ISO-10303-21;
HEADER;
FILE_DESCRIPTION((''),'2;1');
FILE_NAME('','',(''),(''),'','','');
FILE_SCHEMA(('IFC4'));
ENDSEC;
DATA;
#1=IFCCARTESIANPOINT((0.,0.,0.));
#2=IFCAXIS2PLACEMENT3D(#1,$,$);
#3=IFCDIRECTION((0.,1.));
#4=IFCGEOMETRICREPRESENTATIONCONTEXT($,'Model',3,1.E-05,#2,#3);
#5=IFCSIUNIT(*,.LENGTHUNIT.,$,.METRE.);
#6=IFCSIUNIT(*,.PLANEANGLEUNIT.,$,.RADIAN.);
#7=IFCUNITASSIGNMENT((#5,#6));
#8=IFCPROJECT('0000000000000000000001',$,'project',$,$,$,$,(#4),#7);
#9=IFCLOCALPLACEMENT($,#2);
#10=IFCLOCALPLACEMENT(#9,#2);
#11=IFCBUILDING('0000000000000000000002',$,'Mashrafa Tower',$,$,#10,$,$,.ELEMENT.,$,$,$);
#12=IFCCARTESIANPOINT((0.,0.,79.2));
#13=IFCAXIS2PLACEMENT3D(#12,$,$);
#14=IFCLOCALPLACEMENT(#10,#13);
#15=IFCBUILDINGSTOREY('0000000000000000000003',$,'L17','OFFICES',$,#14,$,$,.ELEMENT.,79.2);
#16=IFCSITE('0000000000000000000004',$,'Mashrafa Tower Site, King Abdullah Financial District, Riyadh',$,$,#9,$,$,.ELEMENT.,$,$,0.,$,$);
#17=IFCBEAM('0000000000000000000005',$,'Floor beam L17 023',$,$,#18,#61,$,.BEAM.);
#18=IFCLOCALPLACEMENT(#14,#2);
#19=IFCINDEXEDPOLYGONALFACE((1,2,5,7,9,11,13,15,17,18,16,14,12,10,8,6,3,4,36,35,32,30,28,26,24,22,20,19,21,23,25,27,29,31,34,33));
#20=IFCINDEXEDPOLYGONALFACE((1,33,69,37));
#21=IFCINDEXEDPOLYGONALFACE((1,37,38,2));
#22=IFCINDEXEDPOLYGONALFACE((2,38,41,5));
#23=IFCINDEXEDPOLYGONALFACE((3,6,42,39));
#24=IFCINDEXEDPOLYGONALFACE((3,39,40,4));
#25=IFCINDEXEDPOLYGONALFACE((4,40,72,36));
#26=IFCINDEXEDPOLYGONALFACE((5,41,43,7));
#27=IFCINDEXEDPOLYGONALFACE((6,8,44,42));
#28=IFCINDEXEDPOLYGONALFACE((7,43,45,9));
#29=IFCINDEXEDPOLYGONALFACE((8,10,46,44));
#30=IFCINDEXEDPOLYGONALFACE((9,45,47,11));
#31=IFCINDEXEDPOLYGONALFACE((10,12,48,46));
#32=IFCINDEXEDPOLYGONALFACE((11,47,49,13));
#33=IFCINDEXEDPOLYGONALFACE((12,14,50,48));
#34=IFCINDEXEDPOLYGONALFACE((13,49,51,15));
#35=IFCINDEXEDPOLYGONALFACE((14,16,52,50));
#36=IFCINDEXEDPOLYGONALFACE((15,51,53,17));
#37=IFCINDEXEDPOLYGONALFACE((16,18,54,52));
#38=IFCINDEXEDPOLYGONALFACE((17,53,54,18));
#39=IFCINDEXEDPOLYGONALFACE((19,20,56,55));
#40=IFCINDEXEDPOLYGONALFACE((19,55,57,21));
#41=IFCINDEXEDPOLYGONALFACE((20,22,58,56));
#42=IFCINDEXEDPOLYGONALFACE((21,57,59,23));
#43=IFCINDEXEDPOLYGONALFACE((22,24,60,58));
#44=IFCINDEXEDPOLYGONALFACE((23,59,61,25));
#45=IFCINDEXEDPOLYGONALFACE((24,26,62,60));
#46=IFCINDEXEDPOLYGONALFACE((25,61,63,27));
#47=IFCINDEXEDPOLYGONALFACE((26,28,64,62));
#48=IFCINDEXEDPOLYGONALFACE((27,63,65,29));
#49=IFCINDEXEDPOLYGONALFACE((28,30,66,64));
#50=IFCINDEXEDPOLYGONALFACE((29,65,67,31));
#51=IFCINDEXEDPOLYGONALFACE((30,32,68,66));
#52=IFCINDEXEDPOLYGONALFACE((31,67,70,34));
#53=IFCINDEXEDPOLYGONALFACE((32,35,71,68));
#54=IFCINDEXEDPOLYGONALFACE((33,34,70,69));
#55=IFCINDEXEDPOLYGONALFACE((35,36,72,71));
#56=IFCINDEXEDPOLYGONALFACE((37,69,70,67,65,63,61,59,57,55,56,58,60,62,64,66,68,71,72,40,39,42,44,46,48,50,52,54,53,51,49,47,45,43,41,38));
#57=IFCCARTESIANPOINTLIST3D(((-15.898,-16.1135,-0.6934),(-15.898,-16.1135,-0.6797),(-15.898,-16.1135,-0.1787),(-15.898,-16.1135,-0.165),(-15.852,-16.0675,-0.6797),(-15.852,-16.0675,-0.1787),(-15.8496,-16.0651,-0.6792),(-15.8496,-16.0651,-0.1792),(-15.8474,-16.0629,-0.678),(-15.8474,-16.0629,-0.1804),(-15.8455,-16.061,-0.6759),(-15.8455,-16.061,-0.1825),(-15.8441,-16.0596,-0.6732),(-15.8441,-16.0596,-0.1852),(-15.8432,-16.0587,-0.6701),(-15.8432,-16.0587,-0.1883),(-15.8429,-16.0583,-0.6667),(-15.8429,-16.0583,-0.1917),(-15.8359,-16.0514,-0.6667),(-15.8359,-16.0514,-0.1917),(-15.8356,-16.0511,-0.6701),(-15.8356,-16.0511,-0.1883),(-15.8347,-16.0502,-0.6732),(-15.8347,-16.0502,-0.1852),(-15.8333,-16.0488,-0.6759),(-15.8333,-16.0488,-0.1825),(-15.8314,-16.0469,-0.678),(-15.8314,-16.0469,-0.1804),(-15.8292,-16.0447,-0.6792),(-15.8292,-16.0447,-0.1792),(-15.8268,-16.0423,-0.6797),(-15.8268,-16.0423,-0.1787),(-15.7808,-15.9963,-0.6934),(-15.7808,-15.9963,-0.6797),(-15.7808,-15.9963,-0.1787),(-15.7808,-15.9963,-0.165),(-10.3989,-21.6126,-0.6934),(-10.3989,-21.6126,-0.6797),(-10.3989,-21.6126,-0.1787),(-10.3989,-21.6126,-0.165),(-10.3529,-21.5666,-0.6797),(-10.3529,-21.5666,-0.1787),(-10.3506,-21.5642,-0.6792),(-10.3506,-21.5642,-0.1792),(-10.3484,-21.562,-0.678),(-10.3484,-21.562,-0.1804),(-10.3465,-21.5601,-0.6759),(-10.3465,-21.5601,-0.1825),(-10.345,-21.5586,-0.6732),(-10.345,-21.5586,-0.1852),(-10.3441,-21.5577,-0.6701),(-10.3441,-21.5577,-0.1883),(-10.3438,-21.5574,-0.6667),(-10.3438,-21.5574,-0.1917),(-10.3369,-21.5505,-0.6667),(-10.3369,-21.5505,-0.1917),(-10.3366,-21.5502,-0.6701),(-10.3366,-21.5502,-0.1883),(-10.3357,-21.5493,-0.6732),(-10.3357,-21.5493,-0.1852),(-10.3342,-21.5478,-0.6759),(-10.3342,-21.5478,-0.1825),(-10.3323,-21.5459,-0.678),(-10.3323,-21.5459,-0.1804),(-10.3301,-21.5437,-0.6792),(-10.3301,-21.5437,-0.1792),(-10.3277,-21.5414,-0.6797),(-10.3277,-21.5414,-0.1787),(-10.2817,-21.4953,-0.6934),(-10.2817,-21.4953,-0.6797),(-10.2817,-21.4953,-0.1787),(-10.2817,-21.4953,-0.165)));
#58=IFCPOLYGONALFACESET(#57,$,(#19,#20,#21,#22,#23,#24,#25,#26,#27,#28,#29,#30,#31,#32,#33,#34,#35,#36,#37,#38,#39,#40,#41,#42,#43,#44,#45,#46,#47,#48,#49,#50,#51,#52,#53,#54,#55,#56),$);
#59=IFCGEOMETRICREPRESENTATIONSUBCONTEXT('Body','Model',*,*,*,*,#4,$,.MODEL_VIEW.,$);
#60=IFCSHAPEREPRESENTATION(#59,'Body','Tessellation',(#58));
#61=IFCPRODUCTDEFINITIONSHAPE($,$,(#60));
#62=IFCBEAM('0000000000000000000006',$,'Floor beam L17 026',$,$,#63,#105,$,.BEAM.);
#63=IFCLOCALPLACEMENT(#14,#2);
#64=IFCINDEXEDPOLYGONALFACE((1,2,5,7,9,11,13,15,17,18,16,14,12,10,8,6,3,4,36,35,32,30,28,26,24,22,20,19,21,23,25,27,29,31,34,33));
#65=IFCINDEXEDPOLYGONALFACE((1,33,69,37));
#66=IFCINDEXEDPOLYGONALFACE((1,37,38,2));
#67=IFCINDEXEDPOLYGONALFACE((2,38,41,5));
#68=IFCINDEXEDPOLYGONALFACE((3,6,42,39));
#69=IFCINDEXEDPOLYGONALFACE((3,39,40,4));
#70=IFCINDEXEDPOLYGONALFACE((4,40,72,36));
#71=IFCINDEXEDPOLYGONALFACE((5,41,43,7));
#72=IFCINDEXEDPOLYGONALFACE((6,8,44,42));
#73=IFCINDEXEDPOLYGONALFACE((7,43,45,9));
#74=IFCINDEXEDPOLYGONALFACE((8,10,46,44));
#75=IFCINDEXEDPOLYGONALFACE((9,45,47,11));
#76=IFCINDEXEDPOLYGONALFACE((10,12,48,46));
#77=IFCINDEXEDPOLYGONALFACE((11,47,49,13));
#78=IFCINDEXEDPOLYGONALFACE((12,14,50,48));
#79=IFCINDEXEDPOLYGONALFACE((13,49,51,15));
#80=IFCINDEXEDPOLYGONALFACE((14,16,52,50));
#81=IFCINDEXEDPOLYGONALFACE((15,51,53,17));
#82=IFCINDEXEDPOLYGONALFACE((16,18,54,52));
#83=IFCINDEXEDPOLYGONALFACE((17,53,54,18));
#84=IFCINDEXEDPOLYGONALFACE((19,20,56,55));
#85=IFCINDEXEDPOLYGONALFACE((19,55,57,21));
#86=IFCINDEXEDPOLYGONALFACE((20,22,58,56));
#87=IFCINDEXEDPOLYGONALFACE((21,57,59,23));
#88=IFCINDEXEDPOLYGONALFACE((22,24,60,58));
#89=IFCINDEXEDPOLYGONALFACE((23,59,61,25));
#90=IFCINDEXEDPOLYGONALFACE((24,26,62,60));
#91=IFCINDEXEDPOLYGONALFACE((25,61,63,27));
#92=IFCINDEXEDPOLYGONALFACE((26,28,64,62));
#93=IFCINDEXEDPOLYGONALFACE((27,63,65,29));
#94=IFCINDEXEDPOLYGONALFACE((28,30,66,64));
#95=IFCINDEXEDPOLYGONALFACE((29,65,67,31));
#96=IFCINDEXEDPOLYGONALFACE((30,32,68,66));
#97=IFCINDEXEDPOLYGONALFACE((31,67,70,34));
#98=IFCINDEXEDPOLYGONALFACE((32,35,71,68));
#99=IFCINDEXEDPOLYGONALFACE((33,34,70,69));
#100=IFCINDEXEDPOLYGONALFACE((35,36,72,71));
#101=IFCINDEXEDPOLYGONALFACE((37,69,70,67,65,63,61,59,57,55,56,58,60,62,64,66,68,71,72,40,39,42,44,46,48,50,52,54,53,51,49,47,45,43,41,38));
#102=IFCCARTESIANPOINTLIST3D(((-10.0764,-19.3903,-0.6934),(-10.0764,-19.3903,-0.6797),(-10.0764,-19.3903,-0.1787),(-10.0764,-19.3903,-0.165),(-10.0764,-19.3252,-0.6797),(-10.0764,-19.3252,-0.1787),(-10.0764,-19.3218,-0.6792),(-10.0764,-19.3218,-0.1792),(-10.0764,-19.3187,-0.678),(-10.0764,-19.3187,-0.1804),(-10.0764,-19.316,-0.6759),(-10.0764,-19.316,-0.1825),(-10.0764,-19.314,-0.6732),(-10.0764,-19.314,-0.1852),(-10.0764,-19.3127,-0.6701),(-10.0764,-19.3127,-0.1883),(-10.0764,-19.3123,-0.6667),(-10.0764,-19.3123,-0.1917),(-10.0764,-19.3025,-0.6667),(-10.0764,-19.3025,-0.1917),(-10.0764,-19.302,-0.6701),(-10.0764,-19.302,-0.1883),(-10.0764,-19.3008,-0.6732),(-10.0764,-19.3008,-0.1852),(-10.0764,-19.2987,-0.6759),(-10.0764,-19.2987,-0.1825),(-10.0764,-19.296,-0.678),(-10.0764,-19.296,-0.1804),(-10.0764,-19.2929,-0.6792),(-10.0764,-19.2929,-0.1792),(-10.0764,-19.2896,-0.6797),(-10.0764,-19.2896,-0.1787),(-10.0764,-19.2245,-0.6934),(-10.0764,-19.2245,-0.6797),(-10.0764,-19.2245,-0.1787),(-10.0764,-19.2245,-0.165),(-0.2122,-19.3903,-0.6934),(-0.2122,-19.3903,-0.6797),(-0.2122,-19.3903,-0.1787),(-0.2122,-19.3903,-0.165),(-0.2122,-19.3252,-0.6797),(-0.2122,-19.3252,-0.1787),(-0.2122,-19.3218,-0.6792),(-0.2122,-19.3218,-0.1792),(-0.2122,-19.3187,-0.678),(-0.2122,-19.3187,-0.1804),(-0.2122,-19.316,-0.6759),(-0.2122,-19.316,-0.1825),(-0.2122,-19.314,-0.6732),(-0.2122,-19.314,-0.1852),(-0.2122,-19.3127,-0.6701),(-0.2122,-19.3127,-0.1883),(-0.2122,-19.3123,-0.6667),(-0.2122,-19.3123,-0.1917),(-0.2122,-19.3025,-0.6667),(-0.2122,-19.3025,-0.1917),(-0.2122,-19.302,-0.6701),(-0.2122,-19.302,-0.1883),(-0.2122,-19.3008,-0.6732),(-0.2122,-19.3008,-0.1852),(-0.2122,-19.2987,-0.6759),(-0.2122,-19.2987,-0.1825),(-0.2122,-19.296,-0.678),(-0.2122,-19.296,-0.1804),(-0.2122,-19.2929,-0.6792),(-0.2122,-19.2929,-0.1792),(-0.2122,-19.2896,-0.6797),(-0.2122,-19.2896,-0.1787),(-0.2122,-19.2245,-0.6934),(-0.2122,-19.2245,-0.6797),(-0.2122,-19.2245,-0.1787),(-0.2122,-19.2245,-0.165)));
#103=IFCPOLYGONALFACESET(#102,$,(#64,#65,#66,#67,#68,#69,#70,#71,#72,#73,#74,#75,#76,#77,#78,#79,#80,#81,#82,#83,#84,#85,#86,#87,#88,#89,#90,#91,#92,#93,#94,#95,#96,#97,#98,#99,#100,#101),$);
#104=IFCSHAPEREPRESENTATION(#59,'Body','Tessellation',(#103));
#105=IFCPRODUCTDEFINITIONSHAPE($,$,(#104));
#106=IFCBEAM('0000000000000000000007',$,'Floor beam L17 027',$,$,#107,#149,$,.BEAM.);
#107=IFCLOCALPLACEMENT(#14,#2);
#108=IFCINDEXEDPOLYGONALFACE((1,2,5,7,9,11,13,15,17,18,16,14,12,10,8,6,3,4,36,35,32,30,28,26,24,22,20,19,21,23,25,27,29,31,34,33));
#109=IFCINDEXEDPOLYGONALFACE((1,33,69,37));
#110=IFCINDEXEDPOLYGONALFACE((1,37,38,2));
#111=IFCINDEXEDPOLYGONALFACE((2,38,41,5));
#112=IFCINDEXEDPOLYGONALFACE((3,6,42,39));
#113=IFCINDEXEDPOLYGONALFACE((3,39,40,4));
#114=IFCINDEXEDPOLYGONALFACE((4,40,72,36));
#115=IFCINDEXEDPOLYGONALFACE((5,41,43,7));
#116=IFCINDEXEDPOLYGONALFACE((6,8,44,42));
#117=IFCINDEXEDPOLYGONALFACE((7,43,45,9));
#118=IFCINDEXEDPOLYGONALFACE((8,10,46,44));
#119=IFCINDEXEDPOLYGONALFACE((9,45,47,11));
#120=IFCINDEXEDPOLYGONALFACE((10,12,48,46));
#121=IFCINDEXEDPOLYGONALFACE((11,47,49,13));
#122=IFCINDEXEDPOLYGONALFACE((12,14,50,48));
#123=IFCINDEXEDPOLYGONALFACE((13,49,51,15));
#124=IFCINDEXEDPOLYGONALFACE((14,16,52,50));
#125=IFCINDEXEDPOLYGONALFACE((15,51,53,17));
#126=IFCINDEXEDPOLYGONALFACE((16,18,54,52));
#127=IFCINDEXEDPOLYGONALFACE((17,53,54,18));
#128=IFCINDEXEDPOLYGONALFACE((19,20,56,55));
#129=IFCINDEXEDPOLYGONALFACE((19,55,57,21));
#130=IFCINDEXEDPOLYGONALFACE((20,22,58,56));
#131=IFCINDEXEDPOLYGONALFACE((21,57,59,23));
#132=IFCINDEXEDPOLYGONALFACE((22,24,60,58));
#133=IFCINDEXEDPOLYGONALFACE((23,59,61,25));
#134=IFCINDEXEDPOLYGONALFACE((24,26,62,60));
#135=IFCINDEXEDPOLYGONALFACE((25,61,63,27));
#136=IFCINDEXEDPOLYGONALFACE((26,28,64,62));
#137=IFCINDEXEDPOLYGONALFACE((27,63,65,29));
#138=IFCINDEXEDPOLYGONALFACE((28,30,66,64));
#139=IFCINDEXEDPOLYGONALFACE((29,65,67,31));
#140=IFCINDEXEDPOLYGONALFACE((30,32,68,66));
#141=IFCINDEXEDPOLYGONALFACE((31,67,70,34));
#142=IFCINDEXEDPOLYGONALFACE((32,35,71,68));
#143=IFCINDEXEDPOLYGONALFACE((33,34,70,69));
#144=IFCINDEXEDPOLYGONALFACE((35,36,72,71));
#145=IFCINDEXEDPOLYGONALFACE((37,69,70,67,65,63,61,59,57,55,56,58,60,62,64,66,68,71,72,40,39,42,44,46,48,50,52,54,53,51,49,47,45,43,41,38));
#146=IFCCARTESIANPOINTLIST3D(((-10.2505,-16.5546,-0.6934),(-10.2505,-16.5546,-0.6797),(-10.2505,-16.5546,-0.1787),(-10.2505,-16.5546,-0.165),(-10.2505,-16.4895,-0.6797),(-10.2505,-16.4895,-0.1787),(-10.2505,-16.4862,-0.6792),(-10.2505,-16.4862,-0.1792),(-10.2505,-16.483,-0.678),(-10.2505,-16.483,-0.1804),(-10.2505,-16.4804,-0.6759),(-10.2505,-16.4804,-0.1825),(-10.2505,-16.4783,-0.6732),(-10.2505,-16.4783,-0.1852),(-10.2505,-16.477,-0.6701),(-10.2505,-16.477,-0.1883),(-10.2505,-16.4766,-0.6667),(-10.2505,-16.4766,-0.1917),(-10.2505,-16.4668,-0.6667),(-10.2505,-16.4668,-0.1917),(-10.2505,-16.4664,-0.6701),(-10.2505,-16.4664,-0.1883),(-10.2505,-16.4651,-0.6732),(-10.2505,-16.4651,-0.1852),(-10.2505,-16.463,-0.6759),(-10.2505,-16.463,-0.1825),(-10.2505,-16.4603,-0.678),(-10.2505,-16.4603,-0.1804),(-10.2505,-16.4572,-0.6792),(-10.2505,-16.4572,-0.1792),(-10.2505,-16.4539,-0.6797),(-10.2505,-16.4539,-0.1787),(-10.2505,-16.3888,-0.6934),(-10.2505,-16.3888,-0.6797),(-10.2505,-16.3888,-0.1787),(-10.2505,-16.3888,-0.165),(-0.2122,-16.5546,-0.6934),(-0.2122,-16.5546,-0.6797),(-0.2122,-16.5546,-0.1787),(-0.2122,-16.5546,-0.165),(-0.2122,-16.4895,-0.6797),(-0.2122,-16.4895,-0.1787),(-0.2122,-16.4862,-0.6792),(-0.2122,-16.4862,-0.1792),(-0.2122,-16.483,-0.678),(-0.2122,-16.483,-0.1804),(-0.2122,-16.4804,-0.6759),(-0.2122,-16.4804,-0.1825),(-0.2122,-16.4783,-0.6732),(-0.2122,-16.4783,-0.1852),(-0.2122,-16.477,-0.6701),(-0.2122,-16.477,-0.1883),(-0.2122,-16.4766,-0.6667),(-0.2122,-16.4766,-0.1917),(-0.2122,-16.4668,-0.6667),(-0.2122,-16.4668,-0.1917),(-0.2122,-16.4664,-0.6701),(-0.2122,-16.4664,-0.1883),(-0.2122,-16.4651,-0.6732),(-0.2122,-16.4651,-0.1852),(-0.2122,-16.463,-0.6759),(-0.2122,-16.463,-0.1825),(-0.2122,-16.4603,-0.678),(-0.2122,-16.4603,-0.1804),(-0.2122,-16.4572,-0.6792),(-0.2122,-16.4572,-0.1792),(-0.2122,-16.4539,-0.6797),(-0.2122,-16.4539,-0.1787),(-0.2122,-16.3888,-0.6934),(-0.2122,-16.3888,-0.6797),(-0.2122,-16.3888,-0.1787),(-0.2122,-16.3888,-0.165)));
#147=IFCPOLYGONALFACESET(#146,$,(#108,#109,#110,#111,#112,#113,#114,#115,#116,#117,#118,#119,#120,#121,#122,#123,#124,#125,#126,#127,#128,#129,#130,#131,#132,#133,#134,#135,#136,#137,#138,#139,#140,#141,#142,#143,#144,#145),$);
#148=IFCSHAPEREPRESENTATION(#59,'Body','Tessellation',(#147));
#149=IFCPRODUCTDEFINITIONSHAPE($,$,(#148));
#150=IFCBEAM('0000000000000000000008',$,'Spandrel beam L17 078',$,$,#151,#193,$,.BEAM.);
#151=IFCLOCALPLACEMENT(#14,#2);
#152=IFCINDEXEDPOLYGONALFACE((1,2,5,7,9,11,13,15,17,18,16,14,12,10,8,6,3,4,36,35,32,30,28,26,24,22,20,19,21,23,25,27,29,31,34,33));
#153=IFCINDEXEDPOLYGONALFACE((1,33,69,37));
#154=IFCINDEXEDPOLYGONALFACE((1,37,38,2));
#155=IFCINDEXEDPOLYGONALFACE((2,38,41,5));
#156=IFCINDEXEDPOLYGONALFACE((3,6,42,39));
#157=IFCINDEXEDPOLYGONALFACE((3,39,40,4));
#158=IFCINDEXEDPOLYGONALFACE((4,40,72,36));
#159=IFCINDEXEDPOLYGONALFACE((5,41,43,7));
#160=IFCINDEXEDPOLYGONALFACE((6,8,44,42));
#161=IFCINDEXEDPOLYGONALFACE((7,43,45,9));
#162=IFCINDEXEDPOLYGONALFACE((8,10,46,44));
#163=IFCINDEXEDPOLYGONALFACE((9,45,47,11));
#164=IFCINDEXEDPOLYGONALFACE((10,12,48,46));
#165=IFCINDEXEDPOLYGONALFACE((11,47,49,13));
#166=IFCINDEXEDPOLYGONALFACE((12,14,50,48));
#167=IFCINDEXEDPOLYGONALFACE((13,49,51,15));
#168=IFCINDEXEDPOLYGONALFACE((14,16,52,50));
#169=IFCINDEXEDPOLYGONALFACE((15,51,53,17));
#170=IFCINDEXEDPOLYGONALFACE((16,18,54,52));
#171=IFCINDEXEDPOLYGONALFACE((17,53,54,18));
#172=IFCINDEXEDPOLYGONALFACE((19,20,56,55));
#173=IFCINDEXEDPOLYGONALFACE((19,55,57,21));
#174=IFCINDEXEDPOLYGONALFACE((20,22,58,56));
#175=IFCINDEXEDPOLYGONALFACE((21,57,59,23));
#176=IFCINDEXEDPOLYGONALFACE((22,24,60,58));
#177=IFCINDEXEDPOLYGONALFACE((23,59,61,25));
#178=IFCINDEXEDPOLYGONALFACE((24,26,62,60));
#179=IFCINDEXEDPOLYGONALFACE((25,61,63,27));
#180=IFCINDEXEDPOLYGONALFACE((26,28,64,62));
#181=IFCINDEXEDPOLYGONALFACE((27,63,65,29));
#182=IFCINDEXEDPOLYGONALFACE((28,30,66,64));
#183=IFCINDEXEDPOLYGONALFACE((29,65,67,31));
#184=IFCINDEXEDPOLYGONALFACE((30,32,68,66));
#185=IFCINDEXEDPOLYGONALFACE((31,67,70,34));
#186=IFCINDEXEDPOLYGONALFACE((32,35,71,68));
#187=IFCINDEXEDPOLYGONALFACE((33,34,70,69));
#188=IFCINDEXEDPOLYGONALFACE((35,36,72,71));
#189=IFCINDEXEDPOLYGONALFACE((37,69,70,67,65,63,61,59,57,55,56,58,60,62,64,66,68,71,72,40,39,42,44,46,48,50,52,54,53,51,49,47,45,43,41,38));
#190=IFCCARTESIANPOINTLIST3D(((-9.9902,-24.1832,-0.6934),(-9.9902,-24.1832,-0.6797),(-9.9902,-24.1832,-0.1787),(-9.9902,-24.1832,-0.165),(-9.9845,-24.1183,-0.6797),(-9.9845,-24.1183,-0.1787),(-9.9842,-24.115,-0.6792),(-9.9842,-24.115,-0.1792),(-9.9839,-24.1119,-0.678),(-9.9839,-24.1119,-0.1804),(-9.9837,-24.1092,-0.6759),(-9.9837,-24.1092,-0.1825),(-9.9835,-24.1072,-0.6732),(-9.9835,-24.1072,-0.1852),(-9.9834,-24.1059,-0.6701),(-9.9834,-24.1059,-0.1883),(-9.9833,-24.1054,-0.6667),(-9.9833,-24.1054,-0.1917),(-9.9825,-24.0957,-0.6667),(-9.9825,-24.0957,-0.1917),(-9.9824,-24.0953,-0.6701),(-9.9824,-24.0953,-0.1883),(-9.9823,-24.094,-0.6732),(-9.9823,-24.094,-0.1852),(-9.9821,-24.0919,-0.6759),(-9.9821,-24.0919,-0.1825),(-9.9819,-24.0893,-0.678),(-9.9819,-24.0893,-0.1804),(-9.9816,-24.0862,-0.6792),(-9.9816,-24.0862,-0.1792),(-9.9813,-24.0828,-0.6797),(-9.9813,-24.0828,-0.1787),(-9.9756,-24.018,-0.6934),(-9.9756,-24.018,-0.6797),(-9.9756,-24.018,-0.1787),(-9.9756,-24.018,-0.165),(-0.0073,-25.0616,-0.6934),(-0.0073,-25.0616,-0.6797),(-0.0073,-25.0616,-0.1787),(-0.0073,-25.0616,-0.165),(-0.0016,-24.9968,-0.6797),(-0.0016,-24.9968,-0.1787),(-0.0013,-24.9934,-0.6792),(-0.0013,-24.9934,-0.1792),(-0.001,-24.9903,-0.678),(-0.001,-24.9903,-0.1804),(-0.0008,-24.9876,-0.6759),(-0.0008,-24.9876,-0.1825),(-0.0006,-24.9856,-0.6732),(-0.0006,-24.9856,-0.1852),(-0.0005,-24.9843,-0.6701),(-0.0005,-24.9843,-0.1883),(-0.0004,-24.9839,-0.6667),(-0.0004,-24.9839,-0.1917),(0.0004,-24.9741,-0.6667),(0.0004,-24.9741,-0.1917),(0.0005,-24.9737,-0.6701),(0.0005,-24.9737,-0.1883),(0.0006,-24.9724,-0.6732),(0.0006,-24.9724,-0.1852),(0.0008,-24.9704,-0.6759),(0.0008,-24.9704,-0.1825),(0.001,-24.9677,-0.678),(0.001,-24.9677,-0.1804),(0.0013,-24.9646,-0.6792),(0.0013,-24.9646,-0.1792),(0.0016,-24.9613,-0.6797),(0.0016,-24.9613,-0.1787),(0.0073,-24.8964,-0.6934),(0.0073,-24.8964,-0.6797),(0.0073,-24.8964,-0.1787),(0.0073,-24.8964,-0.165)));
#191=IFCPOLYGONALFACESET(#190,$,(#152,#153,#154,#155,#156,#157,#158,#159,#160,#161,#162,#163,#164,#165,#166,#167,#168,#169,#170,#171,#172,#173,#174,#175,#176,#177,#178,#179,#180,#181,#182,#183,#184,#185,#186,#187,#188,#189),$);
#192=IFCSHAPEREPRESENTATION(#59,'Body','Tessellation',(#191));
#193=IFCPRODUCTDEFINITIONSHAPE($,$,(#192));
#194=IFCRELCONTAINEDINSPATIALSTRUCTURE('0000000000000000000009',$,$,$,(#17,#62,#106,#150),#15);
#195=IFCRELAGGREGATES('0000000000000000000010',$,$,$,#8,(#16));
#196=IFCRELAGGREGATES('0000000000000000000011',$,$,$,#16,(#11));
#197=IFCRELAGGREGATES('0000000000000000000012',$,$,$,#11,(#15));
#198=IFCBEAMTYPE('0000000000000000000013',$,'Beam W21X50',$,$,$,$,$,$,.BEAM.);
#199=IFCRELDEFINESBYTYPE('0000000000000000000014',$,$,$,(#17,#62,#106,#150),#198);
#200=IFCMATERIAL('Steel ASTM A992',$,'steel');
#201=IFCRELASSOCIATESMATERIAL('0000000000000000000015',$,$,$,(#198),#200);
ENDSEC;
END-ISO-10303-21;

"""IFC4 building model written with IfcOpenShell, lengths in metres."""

from ifc_helpers import new_model, si_unit, direction, frame, origin, origin_2d, place, context, subcontext, project, spatial, i_section, extrude, material, material_profile, profile_set, type_object, element, save


model = new_model("IFC4")

# Units and contexts
model_context = context("Model", 3, precision=1e-05, world=origin(), true_north=direction((0.0, 1.0)))
body_context = subcontext(model_context, "Body", "Model", "MODEL_VIEW")
ifc_project = project(units=[si_unit("LENGTHUNIT", "METRE"), si_unit("PLANEANGLEUNIT", "RADIAN")], contexts=[model_context])

# Site, building, storey
site_placement = place(None, origin())
site = spatial("IfcSite", under=ifc_project, at=site_placement, Name="Mashrafa Tower Site, King Abdullah Financial District, Riyadh", CompositionType="ELEMENT", RefElevation=0.0)
building_placement = place(site_placement, origin())
building = spatial("IfcBuilding", under=site, at=building_placement, Name="Mashrafa Tower", CompositionType="ELEMENT")
storey_placement = place(building_placement, frame((0.0, 0.0, 79.2)))
storey = spatial("IfcBuildingStorey", under=building, at=storey_placement, Name="L17", Description="OFFICES", CompositionType="ELEMENT", Elevation=79.2)

# Beams
ifc_material_1 = material(Name="Steel ASTM A992", Category="steel")
ifc_material_profile_1 = material_profile(ifc_material_1, i_section(OverallWidth=0.1658, OverallDepth=0.5283, WebThickness=0.0098, FlangeThickness=0.0137, FilletRadius=0.0129, at=origin_2d()), Name="W21X50")
ifc_profile_set_1 = profile_set([ifc_material_profile_1], Name="Steel ASTM A992")
beam_type_1 = type_object("IfcBeamType", Name="Beam W21X50", PredefinedType="BEAM", material=ifc_profile_set_1)
beam_1_placement = place(storey_placement, frame((-10.3403, -21.554, -0.4292), z_axis=(-0.707107, 0.707107, 0.0), x_axis=(-0.707107, -0.707107, 0.0)))
element("IfcBeam", 1, at=beam_1_placement, inside=storey, type_object=beam_type_1, Name="Floor beam L17 023", PredefinedType="BEAM", context=body_context, shape_type="SweptSolid", body=[
    extrude(i_section(OverallWidth=0.1658, OverallDepth=0.5283, WebThickness=0.0098, FlangeThickness=0.0137, FilletRadius=0.0129, at=origin_2d()), origin(), (0.0, 0.0, 1.0), 7.7769),
])
beam_2_placement = place(storey_placement, frame((-0.2122, -19.3074, -0.4292), z_axis=(-1.0, 0.0, 0.0), x_axis=(0.0, -1.0, 0.0)))
element("IfcBeam", 2, at=beam_2_placement, inside=storey, type_object=beam_type_1, Name="Floor beam L17 026", PredefinedType="BEAM", context=body_context, shape_type="SweptSolid", body=[
    extrude(i_section(OverallWidth=0.1658, OverallDepth=0.5283, WebThickness=0.0098, FlangeThickness=0.0137, FilletRadius=0.0129, at=origin_2d()), origin(), (0.0, 0.0, 1.0), 9.8643),
])
beam_3_placement = place(storey_placement, frame((-0.2122, -16.4717, -0.4292), z_axis=(-1.0, 0.0, 0.0), x_axis=(0.0, -1.0, 0.0)))
element("IfcBeam", 3, at=beam_3_placement, inside=storey, type_object=beam_type_1, Name="Floor beam L17 027", PredefinedType="BEAM", context=body_context, shape_type="SweptSolid", body=[
    extrude(i_section(OverallWidth=0.1658, OverallDepth=0.5283, WebThickness=0.0098, FlangeThickness=0.0137, FilletRadius=0.0129, at=origin_2d()), origin(), (0.0, 0.0, 1.0), 10.0383),
])
beam_4_placement = place(storey_placement, frame((-9.9829, -24.1006, -0.4292), z_axis=(0.996151, -0.087653, 0.0), x_axis=(0.087653, 0.996151, 0.0)))
element("IfcBeam", 4, at=beam_4_placement, inside=storey, type_object=beam_type_1, Name="Spandrel beam L17 078", PredefinedType="BEAM", context=body_context, shape_type="SweptSolid", body=[
    extrude(i_section(OverallWidth=0.1658, OverallDepth=0.5283, WebThickness=0.0098, FlangeThickness=0.0137, FilletRadius=0.0129, at=origin_2d()), origin(), (0.0, 0.0, 1.0), 10.0215),
])

save(model, "model.ifc")
